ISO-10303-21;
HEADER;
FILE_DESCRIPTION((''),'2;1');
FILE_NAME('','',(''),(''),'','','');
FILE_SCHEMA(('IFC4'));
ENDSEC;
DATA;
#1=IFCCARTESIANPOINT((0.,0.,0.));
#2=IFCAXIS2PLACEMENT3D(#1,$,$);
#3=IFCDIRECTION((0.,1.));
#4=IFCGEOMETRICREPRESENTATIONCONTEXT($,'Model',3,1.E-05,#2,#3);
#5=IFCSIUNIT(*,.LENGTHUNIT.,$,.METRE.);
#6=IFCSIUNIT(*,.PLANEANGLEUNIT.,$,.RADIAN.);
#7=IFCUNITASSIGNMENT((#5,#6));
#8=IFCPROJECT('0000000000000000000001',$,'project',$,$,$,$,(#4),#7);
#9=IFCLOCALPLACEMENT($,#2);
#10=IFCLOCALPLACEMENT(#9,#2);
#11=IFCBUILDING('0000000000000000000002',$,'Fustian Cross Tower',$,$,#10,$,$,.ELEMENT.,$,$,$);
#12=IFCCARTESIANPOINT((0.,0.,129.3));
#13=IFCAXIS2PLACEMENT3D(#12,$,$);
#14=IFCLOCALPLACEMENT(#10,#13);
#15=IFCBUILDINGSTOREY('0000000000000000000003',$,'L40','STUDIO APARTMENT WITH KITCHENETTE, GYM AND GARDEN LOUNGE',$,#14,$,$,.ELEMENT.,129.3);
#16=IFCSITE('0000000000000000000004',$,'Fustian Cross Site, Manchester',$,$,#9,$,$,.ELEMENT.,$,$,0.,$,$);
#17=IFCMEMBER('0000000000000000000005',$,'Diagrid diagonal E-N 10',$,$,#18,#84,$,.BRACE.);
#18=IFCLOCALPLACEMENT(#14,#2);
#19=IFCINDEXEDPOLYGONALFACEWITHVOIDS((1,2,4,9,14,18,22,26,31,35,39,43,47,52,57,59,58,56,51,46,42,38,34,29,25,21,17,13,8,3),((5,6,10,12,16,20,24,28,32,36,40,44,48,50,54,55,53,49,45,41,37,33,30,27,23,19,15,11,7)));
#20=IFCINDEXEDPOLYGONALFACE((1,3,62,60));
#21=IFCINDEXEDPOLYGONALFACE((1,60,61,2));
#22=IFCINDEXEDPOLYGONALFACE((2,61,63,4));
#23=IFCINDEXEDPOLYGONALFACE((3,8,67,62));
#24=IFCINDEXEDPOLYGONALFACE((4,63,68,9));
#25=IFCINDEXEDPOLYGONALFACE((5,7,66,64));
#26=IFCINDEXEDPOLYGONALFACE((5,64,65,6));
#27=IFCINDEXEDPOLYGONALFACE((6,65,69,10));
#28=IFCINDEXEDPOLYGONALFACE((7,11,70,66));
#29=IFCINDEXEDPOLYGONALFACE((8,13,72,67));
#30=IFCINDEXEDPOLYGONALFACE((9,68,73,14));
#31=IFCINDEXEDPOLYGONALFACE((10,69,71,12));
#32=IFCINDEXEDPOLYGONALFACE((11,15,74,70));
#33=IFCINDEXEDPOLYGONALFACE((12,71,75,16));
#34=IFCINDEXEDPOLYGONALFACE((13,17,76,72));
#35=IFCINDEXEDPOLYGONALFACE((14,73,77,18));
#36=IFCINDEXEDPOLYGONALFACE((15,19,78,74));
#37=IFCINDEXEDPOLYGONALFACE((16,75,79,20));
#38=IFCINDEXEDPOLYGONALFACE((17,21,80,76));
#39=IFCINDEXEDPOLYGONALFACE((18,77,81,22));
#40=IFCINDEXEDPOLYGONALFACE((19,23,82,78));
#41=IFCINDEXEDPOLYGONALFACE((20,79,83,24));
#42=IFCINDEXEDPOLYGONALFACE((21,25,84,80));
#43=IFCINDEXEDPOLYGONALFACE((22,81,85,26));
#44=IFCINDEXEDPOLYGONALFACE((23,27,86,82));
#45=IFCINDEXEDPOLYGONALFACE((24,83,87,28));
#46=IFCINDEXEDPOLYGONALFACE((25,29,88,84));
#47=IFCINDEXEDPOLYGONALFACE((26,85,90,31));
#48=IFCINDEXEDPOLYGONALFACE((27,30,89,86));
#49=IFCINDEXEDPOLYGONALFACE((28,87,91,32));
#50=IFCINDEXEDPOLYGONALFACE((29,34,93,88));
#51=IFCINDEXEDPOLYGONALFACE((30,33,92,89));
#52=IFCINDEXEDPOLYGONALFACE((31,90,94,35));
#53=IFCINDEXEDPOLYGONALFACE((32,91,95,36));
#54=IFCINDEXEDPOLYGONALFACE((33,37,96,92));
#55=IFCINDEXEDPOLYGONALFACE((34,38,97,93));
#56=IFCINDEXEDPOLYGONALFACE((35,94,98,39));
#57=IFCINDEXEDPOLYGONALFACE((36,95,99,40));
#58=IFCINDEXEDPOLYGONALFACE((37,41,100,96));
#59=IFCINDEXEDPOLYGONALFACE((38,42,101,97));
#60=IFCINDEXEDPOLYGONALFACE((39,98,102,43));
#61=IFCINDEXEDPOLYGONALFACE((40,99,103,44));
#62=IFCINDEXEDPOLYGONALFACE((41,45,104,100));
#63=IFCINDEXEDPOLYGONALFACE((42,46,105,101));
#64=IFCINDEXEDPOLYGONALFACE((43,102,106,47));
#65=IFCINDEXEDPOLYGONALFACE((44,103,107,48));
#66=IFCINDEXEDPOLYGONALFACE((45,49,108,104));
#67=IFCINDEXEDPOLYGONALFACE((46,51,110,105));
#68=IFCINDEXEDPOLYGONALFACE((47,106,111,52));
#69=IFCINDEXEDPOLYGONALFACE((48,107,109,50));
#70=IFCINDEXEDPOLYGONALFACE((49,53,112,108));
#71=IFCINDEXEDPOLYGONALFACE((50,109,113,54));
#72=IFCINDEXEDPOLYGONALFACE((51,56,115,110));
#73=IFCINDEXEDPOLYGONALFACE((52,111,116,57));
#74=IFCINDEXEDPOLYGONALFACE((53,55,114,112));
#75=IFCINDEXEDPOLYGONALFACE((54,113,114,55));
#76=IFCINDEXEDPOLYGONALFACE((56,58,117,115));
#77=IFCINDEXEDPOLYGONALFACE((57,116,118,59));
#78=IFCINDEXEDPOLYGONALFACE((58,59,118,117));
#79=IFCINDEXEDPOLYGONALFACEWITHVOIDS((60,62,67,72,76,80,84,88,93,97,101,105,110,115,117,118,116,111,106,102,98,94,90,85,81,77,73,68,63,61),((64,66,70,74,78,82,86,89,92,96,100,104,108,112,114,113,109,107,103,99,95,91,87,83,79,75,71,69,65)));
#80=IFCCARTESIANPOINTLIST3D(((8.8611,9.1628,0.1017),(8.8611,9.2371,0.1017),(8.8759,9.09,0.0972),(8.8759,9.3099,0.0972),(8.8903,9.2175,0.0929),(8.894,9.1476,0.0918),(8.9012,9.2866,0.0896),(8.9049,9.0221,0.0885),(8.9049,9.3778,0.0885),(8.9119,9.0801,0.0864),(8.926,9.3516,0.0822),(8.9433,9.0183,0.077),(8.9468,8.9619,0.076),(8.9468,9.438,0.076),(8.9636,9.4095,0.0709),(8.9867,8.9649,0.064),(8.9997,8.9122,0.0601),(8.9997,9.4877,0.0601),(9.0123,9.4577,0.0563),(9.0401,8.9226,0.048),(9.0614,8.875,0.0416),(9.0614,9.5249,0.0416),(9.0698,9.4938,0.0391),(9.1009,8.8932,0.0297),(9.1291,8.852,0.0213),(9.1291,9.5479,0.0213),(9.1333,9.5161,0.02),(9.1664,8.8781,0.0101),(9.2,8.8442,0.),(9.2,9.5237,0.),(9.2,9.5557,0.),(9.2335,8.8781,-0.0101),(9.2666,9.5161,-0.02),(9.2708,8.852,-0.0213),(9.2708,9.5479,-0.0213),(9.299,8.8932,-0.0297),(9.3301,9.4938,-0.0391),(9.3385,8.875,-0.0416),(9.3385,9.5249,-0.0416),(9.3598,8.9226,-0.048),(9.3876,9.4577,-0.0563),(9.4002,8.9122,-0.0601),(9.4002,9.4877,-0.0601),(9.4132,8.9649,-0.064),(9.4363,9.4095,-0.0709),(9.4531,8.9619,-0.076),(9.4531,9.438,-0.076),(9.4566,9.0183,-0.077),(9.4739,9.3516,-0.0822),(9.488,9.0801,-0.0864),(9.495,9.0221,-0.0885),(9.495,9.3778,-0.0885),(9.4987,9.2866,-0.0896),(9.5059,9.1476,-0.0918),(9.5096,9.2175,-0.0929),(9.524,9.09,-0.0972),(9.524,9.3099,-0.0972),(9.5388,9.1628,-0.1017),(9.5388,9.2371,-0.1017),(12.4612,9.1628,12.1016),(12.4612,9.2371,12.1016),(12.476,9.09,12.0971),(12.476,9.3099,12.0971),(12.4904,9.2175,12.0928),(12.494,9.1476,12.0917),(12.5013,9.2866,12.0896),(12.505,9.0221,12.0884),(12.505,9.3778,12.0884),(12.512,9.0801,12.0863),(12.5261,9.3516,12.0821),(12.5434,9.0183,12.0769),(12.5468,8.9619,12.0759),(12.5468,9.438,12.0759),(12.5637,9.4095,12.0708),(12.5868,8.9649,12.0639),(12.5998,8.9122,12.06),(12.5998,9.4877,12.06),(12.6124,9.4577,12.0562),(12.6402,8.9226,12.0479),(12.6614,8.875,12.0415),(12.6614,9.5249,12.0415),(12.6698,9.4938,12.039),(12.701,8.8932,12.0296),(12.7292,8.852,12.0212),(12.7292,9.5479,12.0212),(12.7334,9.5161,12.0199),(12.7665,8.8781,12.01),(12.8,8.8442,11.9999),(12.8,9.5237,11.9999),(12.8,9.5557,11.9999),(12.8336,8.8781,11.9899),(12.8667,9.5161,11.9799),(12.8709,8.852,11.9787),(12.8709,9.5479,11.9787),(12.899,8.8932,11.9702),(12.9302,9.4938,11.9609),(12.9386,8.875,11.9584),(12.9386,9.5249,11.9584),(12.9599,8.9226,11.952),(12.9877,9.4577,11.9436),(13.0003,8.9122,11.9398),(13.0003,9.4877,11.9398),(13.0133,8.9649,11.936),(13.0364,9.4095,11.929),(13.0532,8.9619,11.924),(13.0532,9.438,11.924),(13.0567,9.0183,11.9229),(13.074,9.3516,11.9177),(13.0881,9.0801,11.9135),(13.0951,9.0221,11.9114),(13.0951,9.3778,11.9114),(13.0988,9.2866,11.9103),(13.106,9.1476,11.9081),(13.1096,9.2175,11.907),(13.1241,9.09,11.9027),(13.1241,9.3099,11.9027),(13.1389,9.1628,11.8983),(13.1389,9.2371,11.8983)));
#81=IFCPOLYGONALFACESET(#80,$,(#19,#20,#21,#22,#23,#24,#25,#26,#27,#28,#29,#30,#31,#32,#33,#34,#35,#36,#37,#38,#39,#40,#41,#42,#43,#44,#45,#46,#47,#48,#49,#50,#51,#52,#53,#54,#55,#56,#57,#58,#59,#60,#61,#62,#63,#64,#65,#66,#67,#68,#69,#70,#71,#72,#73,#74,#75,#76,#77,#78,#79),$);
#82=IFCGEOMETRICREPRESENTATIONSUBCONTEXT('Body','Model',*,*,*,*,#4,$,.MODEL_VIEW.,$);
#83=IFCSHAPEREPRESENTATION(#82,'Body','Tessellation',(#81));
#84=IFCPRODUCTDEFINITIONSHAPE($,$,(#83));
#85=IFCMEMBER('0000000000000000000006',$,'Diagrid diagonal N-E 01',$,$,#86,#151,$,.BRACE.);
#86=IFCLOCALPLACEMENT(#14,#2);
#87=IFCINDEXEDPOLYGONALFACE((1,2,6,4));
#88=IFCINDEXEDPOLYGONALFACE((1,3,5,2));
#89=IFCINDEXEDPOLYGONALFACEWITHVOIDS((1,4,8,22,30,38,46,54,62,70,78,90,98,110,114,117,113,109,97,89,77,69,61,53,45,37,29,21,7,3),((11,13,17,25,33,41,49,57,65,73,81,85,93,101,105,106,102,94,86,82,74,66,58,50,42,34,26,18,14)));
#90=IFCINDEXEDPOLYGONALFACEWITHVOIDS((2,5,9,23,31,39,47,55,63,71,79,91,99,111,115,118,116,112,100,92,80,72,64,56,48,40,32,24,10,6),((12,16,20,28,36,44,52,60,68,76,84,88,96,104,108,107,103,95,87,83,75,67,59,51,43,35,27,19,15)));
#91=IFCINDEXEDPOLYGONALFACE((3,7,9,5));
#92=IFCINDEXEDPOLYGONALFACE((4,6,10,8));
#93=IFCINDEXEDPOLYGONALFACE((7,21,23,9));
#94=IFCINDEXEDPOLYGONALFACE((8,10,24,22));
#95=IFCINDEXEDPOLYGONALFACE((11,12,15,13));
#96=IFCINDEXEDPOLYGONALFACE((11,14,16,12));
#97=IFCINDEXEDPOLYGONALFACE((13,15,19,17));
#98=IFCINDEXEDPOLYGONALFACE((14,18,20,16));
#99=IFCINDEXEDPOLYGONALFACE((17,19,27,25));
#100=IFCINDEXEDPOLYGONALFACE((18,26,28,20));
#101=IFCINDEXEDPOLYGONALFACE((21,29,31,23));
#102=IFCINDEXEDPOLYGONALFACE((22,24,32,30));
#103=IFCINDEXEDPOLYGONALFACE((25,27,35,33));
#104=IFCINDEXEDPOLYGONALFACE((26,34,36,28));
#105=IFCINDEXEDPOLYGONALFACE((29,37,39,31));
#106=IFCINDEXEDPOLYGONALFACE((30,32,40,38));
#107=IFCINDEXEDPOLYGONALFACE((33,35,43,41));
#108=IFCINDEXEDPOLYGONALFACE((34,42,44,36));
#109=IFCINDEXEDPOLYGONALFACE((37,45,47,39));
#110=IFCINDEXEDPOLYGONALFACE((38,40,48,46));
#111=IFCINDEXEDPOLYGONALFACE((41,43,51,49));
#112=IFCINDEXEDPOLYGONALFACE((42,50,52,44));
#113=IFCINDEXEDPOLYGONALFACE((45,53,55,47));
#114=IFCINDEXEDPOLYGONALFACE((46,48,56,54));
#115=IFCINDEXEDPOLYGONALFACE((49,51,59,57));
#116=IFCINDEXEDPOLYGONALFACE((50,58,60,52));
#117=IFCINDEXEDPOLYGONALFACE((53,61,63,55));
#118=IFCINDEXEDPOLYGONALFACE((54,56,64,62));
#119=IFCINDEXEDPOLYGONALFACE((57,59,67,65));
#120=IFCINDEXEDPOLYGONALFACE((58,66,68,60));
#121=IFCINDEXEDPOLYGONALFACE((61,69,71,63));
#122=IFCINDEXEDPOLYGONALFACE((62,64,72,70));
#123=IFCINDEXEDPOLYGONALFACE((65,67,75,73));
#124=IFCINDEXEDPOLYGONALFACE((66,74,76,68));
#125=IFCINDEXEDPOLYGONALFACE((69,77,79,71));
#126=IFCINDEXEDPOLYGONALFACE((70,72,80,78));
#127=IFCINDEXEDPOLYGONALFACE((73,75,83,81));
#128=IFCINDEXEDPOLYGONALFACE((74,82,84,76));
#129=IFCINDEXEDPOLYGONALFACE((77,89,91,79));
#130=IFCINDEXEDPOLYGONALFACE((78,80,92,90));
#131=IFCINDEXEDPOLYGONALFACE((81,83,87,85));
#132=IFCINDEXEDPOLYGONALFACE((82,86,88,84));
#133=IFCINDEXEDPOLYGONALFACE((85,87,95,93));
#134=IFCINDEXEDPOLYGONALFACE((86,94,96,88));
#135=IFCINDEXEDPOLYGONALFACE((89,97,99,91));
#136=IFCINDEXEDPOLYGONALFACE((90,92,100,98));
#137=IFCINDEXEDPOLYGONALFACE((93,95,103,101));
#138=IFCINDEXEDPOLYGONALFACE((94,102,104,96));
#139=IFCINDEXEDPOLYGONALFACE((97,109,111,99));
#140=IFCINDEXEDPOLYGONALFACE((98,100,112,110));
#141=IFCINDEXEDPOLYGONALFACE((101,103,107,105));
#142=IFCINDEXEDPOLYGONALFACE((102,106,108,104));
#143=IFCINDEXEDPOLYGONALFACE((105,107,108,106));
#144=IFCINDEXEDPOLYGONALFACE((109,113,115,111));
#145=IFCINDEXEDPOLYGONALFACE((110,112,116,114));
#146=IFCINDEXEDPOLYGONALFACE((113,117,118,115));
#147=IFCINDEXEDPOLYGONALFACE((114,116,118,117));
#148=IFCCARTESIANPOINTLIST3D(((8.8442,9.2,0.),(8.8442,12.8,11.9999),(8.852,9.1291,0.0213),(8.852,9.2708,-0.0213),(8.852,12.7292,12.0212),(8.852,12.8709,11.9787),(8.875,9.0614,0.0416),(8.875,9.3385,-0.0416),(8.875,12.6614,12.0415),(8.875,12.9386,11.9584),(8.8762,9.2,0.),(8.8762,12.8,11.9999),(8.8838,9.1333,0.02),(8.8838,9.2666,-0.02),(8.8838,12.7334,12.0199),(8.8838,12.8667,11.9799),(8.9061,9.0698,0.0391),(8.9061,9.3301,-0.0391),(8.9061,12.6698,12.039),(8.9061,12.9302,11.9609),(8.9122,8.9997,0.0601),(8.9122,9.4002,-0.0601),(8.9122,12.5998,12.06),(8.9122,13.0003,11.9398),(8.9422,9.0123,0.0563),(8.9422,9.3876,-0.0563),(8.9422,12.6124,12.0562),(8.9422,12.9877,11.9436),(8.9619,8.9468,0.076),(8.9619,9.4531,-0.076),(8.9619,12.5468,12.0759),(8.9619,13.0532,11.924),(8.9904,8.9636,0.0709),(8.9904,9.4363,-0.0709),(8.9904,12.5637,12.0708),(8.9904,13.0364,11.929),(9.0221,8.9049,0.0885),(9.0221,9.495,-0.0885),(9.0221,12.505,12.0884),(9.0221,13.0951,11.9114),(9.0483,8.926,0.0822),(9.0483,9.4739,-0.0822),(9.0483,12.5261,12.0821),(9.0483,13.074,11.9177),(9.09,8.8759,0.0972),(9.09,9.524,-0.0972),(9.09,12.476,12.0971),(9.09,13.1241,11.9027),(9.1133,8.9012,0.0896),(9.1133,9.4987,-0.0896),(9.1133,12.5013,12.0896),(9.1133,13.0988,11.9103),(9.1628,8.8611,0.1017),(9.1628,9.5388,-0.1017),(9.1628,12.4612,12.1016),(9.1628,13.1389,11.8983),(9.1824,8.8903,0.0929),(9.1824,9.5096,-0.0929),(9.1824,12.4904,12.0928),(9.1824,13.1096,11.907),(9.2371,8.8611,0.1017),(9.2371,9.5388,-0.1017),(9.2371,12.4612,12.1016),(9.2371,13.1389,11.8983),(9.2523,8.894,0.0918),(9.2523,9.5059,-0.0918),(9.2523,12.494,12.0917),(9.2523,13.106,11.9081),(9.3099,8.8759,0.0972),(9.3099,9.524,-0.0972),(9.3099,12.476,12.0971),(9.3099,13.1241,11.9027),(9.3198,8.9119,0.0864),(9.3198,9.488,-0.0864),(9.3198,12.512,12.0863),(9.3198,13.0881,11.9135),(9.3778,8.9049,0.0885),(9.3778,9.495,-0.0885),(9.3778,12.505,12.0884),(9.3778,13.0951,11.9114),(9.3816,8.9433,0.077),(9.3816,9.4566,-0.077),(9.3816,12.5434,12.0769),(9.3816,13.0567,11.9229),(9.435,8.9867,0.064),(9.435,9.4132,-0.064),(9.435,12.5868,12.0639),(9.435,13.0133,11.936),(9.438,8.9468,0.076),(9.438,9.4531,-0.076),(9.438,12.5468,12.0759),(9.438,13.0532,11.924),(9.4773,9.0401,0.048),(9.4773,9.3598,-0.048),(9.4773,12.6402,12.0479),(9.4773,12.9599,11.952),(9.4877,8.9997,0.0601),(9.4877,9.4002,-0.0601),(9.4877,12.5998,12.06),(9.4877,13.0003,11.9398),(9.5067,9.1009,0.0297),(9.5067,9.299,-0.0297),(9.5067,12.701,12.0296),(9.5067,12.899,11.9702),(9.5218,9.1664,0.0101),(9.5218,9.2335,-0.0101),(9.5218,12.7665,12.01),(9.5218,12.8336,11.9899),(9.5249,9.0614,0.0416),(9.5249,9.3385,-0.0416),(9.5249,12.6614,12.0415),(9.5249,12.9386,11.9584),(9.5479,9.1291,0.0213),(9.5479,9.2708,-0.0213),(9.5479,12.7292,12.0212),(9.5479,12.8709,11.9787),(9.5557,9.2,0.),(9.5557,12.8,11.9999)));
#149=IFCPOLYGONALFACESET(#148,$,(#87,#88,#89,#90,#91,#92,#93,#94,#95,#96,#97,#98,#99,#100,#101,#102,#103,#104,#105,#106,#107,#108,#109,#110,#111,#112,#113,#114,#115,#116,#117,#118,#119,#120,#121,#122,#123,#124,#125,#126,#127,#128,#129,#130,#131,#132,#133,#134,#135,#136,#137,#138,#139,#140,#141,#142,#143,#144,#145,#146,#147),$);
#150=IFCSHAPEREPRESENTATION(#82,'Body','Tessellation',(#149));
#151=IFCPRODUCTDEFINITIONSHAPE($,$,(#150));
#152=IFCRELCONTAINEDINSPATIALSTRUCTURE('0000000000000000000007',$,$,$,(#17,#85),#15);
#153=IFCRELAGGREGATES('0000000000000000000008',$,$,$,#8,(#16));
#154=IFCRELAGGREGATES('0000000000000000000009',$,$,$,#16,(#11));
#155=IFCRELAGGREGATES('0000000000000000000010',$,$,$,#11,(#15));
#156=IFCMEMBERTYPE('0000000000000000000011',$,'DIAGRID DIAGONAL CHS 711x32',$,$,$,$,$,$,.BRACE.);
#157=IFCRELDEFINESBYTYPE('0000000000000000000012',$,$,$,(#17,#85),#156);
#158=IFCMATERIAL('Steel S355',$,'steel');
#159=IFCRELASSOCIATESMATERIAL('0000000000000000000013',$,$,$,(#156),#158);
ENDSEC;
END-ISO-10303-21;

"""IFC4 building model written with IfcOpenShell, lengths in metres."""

from ifc_helpers import new_model, si_unit, direction, frame, origin, origin_2d, place, context, subcontext, project, spatial, hollow_circle, extrude, material, material_profile, profile_set, type_object, element, save


model = new_model("IFC4")

# Units and contexts
model_context = context("Model", 3, precision=1e-05, world=origin(), true_north=direction((0.0, 1.0)))
body_context = subcontext(model_context, "Body", "Model", "MODEL_VIEW")
ifc_project = project(units=[si_unit("LENGTHUNIT", "METRE"), si_unit("PLANEANGLEUNIT", "RADIAN")], contexts=[model_context])

# Site, building, storey
site_placement = place(None, origin())
site = spatial("IfcSite", under=ifc_project, at=site_placement, Name="Fustian Cross Site, Manchester", CompositionType="ELEMENT", RefElevation=0.0)
building_placement = place(site_placement, origin())
building = spatial("IfcBuilding", under=site, at=building_placement, Name="Fustian Cross Tower", CompositionType="ELEMENT")
storey_placement = place(building_placement, frame((0.0, 0.0, 129.3)))
storey = spatial("IfcBuildingStorey", under=building, at=storey_placement, Name="L40", Description="STUDIO APARTMENT WITH KITCHENETTE, GYM AND GARDEN LOUNGE", CompositionType="ELEMENT", Elevation=129.3)

# Members
ifc_material_1 = material(Name="Steel S355", Category="steel")
ifc_material_profile_1 = material_profile(ifc_material_1, hollow_circle(Radius=0.3557, WallThickness=0.032, at=origin_2d()), Name="CHS 711x32")
ifc_profile_set_1 = profile_set([ifc_material_profile_1], Name="Steel S355")
member_type_1 = type_object("IfcMemberType", Name="DIAGRID DIAGONAL CHS 711x32", PredefinedType="BRACE", material=ifc_profile_set_1)
for number, where, z_axis, x_axis, name in (
    (1, (9.2, 9.2, 0.0), (0.287355, 0.0, 0.957824), (0.0, 1.0, 0.0), "Diagrid diagonal E-N 10"),
    (2, (9.2, 9.2, 0.0), (0.0, 0.287355, 0.957824), (-1.0, 0.0, 0.0), "Diagrid diagonal N-E 01"),
):
    element("IfcMember", number, at=place(storey_placement, frame(where, z_axis=z_axis, x_axis=x_axis)), inside=storey, type_object=member_type_1, Name=name, PredefinedType="BRACE", context=body_context, shape_type="SweptSolid", body=[
        extrude(hollow_circle(Radius=0.3557, WallThickness=0.032, at=origin_2d()), origin(), (0.0, 0.0, 1.0), 12.5283),
    ])

save(model, "model.ifc")
